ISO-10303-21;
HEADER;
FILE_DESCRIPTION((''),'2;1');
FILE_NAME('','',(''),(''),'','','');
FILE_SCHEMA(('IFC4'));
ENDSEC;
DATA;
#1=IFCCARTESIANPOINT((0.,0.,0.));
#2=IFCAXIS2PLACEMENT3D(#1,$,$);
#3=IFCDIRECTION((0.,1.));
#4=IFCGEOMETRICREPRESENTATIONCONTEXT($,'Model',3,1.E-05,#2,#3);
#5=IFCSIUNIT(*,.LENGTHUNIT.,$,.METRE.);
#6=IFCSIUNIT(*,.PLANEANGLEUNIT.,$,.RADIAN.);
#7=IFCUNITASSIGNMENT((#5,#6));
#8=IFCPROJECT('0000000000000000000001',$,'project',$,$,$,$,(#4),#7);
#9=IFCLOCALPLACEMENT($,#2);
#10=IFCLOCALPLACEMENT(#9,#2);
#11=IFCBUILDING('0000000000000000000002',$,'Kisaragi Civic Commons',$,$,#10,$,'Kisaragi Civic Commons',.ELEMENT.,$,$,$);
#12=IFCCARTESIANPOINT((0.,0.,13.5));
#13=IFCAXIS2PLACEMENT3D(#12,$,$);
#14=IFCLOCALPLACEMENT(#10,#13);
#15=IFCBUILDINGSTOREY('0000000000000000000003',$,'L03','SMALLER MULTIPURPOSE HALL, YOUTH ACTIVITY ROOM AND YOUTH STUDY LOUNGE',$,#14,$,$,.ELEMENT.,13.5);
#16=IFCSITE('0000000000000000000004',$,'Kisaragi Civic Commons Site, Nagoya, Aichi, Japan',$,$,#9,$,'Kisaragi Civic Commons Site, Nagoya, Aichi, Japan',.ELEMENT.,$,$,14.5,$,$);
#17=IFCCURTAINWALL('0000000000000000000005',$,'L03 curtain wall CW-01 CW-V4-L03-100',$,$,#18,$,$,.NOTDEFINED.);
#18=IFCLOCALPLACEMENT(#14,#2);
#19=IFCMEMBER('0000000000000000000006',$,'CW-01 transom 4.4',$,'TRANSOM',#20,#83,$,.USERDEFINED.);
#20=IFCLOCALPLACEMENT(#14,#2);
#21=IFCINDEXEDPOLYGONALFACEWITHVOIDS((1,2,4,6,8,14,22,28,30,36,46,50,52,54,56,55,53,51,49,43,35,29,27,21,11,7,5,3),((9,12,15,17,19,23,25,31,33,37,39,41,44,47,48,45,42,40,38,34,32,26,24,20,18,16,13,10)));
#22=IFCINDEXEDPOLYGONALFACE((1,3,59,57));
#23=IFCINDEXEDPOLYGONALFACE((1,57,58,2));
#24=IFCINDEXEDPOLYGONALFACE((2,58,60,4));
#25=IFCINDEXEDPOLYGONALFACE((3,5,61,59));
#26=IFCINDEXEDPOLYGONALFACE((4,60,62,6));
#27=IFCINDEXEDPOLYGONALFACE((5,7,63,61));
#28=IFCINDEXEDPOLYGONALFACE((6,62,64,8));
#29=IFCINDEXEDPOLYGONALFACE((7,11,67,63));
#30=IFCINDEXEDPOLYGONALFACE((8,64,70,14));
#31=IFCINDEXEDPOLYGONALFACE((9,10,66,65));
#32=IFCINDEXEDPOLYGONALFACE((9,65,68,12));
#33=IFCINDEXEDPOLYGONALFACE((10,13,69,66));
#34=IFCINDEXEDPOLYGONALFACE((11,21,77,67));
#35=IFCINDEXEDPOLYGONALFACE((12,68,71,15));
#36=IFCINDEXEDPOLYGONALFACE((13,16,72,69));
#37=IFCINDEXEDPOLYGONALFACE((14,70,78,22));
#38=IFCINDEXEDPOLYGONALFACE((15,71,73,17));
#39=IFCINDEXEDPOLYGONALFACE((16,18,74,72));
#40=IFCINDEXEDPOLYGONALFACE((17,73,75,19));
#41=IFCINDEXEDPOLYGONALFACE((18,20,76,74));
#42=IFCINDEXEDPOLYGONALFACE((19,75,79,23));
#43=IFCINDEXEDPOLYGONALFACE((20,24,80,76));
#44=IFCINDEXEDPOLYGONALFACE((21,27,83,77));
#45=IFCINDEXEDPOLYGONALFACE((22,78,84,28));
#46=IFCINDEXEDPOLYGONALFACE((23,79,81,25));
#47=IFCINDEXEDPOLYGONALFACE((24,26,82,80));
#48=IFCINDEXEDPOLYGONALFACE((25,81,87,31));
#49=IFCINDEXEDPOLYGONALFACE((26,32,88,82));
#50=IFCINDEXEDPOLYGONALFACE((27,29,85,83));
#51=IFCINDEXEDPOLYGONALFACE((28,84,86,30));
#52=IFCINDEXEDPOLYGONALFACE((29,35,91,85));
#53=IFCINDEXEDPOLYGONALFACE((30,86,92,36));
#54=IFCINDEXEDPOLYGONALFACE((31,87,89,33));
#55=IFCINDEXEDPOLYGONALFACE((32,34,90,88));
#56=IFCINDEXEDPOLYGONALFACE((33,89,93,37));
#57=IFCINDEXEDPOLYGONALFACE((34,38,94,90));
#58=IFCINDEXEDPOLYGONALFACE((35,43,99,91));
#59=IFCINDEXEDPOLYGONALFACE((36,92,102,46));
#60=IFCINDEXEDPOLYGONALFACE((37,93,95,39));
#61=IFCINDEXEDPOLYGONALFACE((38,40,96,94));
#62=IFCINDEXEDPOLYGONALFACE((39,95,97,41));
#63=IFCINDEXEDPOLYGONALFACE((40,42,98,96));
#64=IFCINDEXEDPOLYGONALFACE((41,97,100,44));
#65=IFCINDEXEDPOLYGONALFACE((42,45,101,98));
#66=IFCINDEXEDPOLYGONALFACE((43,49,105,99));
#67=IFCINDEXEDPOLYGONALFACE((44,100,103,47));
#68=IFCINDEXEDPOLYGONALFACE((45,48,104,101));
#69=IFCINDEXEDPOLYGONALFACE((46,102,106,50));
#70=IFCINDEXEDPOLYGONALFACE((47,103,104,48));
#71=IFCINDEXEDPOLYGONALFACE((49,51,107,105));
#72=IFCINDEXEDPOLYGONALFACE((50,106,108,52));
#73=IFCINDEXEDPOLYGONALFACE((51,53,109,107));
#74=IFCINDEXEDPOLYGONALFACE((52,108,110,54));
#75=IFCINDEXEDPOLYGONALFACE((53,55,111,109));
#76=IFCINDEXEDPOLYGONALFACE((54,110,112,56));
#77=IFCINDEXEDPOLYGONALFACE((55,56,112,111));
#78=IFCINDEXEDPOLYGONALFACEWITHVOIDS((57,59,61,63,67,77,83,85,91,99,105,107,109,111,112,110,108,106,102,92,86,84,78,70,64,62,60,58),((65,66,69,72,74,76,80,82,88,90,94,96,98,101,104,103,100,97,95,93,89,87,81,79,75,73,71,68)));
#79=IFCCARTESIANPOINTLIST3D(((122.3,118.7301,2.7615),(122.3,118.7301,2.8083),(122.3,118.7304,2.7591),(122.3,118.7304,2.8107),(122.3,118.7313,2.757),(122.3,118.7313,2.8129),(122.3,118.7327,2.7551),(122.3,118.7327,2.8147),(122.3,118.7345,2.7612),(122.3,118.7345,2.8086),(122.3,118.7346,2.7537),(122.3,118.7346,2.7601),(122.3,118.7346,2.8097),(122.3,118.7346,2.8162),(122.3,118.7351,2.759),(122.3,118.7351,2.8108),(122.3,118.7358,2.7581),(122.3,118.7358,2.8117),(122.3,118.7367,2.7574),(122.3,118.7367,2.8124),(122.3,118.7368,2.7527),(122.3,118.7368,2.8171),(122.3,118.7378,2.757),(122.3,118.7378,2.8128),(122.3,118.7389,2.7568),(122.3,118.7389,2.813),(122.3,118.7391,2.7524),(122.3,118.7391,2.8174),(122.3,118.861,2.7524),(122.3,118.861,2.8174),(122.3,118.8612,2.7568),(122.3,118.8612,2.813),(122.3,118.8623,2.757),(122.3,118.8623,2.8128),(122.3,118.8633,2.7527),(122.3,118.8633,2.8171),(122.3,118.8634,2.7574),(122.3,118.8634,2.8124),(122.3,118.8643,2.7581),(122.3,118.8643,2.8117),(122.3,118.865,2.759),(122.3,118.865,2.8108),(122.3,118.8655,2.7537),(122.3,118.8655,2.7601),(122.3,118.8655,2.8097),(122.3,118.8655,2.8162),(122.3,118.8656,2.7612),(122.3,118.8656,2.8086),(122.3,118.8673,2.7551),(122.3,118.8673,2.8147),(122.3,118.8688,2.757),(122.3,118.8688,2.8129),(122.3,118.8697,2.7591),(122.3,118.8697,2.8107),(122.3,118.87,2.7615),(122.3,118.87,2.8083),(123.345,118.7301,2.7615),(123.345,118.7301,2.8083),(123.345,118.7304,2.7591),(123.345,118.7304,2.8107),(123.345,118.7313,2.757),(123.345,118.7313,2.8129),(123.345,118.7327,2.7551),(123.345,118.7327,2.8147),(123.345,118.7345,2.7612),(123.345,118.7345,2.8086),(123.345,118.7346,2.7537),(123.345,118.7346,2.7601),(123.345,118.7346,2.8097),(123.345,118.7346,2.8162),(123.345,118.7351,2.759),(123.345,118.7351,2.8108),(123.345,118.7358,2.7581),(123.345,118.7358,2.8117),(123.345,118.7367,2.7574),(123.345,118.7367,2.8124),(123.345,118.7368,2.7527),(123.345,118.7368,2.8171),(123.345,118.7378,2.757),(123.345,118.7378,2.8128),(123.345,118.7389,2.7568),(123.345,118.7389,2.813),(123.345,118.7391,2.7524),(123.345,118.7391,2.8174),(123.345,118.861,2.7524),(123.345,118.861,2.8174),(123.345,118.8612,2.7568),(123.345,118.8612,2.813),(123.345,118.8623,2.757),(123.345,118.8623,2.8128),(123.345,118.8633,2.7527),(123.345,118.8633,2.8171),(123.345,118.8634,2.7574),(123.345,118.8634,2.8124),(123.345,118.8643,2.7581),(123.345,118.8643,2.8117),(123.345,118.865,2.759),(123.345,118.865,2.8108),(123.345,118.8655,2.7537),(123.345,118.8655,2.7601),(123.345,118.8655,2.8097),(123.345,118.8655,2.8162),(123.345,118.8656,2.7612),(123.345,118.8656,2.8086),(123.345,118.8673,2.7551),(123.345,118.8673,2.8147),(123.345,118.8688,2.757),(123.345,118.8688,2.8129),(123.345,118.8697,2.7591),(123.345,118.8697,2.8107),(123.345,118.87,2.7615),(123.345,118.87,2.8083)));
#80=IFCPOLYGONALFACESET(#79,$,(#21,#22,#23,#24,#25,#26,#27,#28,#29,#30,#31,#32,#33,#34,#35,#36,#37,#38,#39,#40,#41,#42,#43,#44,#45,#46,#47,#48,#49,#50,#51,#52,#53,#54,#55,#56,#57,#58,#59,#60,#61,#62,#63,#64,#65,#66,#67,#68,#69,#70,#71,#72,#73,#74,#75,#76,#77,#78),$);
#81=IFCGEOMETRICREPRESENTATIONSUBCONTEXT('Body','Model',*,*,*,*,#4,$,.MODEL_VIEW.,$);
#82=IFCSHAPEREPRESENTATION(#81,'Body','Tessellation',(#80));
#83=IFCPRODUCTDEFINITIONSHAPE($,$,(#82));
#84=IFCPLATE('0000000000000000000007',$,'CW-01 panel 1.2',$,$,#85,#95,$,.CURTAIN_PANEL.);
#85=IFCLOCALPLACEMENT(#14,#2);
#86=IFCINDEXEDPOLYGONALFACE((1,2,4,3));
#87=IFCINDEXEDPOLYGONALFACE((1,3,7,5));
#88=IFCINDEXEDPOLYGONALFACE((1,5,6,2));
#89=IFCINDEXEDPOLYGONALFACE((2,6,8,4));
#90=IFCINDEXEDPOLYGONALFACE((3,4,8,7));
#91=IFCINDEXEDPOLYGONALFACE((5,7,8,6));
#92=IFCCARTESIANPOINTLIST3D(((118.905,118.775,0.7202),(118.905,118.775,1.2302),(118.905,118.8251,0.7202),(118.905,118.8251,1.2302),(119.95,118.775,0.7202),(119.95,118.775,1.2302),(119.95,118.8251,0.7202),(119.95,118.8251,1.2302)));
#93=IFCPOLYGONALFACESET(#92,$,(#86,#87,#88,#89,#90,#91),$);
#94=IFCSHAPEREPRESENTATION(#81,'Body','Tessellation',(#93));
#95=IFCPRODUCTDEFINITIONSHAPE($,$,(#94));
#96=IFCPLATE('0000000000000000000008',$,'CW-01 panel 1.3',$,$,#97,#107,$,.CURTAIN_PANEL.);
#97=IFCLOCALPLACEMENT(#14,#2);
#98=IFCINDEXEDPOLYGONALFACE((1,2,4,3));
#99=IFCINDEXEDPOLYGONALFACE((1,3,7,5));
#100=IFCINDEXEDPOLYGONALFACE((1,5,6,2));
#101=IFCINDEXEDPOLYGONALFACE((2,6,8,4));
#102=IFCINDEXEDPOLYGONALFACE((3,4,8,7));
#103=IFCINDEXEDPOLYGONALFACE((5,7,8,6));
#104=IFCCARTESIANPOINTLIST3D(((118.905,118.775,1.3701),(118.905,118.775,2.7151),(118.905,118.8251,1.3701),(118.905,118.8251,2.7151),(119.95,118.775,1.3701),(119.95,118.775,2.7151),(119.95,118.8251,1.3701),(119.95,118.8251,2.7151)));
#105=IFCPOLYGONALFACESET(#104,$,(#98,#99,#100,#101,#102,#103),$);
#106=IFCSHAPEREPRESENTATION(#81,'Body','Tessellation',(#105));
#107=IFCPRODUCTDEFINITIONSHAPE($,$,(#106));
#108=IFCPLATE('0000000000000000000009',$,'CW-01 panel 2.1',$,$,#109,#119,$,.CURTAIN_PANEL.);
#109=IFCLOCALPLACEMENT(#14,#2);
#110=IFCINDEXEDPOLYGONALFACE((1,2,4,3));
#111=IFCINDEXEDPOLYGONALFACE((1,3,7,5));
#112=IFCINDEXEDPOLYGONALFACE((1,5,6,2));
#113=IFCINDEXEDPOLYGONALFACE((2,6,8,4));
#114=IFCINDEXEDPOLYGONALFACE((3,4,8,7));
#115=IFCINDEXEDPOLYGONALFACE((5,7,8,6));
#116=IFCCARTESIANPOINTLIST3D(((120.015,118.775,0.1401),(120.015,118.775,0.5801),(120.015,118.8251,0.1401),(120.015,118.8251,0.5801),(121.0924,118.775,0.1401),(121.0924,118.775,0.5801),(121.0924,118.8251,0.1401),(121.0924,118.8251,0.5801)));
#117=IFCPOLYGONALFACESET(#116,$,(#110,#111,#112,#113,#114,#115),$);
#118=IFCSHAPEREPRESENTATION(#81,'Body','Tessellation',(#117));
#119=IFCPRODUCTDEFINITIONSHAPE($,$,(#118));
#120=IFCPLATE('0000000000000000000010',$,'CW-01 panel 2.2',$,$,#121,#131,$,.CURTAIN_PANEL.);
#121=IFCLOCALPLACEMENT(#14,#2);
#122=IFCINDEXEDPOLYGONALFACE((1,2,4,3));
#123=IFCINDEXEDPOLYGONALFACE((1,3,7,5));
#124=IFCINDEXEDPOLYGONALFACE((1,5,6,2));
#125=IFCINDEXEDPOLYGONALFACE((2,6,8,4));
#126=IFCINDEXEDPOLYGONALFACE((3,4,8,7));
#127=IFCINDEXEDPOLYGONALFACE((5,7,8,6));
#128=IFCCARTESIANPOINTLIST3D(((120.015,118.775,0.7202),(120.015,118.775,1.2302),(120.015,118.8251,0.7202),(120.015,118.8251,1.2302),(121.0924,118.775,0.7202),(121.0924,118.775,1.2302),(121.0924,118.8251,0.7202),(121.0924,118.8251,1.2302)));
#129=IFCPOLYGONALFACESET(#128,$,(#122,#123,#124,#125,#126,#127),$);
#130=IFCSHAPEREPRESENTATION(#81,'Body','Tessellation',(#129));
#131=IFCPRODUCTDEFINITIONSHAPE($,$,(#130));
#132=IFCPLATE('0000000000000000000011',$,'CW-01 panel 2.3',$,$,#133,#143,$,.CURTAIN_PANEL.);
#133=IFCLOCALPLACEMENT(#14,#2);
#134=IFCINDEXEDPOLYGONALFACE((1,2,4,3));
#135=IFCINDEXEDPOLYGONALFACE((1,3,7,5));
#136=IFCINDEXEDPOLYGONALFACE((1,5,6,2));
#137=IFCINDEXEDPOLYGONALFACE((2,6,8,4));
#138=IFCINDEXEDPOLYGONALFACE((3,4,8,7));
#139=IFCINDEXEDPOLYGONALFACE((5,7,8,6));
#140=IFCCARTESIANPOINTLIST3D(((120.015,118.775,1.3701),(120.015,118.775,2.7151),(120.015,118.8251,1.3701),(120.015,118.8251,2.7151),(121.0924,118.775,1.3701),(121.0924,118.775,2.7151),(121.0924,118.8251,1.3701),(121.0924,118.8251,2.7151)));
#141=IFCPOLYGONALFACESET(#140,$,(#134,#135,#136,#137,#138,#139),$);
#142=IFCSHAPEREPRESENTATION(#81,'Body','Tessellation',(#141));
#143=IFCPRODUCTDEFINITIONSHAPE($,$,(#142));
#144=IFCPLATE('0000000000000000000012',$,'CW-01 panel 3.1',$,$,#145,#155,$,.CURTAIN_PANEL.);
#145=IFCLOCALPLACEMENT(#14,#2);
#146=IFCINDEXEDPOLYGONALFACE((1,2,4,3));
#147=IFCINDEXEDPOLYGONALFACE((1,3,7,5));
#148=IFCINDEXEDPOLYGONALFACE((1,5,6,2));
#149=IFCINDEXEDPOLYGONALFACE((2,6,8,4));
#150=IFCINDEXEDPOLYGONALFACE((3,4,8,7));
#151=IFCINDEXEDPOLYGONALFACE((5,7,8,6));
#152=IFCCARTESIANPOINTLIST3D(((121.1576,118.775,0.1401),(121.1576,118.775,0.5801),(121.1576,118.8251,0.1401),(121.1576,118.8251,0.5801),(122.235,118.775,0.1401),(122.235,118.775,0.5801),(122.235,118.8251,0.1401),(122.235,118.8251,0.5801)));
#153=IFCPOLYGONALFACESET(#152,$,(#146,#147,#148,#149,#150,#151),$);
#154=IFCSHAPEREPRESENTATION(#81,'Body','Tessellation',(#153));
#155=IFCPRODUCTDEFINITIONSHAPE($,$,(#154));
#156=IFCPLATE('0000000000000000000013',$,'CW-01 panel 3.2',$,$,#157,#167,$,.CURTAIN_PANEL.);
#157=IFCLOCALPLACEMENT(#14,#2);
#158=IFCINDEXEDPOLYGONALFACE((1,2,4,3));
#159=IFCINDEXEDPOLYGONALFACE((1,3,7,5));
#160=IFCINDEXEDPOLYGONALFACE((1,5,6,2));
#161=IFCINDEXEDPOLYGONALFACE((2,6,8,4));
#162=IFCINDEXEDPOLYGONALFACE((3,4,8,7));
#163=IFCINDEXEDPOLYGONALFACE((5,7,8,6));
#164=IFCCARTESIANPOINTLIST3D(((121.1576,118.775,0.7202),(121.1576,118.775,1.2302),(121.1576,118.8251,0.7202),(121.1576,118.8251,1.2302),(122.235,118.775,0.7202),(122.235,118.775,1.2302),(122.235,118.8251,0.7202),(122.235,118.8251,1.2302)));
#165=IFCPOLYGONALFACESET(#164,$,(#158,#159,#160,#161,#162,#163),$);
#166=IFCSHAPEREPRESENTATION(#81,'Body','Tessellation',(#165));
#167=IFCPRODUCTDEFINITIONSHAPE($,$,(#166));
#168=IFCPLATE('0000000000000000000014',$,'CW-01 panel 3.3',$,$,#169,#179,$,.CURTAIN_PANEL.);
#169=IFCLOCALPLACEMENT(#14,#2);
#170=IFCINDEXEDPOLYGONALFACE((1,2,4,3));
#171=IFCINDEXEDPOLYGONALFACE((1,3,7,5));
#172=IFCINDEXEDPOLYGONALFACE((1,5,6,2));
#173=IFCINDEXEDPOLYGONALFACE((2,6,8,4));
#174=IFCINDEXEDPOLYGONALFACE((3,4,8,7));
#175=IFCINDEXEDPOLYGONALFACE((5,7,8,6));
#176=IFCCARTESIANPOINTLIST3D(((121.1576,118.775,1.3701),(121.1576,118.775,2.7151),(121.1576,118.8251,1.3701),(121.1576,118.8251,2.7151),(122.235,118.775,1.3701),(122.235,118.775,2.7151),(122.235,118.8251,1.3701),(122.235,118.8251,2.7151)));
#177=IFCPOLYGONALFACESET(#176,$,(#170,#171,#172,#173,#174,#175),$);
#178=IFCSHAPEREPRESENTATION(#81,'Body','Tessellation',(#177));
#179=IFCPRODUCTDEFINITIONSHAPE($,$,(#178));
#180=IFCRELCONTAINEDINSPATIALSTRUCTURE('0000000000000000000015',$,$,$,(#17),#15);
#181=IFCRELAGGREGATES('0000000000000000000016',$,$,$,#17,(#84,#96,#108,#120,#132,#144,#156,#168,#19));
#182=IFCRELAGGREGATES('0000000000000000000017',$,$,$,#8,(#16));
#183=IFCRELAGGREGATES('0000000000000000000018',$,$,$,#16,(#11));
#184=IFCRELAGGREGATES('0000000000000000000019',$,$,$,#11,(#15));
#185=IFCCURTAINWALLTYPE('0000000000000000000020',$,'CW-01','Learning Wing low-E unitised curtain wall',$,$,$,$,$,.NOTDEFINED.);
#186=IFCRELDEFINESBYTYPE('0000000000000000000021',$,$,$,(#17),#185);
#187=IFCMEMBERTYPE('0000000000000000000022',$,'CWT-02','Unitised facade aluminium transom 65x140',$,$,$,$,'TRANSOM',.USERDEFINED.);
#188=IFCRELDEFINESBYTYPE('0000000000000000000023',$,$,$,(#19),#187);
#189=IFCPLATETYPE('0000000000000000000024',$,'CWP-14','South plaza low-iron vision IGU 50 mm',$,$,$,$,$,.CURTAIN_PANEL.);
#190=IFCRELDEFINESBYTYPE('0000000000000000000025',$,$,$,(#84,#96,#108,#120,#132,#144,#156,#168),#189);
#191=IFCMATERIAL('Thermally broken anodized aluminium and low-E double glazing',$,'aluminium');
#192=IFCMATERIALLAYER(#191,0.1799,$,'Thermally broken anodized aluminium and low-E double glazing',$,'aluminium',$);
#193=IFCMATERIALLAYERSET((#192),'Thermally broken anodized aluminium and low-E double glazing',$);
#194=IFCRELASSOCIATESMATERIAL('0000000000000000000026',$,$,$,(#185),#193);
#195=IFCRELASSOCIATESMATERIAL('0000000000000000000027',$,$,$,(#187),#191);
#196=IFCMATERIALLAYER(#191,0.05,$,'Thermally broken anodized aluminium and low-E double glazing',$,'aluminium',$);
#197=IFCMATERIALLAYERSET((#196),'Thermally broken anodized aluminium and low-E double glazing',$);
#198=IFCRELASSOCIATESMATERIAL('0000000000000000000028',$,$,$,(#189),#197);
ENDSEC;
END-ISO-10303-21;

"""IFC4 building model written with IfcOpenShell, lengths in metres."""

from ifc_helpers import new_model, si_unit, direction, frame, origin, origin_2d, place, context, subcontext, project, spatial, rectangle, hollow_rectangle, extrude, material, layer, layer_set, material_profile, profile_set, type_object, element, aggregate, save


model = new_model("IFC4")

# Units and contexts
model_context = context("Model", 3, precision=1e-05, world=origin(), true_north=direction((0.0, 1.0)))
body_context = subcontext(model_context, "Body", "Model", "MODEL_VIEW")
ifc_project = project(units=[si_unit("LENGTHUNIT", "METRE"), si_unit("PLANEANGLEUNIT", "RADIAN")], contexts=[model_context])

# Site, building, storey
site_placement = place(None, origin())
site = spatial("IfcSite", under=ifc_project, at=site_placement, Name="Kisaragi Civic Commons Site, Nagoya, Aichi, Japan", LongName="Kisaragi Civic Commons Site, Nagoya, Aichi, Japan", CompositionType="ELEMENT", RefElevation=14.5)
building_placement = place(site_placement, origin())
building = spatial("IfcBuilding", under=site, at=building_placement, Name="Kisaragi Civic Commons", LongName="Kisaragi Civic Commons", CompositionType="ELEMENT")
storey_placement = place(building_placement, frame((0.0, 0.0, 13.5)))
storey = spatial("IfcBuildingStorey", under=building, at=storey_placement, Name="L03", Description="SMALLER MULTIPURPOSE HALL, YOUTH ACTIVITY ROOM AND YOUTH STUDY LOUNGE", CompositionType="ELEMENT", Elevation=13.5)

# Curtain wall, member, plates
ifc_material = material(Name="Thermally broken anodized aluminium and low-E double glazing", Category="aluminium")
ifc_layer_1 = layer(ifc_material, 0.1799, Name="Thermally broken anodized aluminium and low-E double glazing", Category="aluminium")
ifc_layer_set_1 = layer_set([ifc_layer_1], Name="Thermally broken anodized aluminium and low-E double glazing")
curtain_wall_type = type_object("IfcCurtainWallType", Name="CW-01", Description="Learning Wing low-E unitised curtain wall", PredefinedType="NOTDEFINED", material=ifc_layer_set_1)
curtain_wall_placement = place(storey_placement, origin())
curtain_wall = element("IfcCurtainWall", 1, at=curtain_wall_placement, inside=storey, type_object=curtain_wall_type, Name="L03 curtain wall CW-01 CW-V4-L03-100", PredefinedType="NOTDEFINED")
ifc_material_profile_1 = material_profile(ifc_material, hollow_rectangle(XDim=0.1399, YDim=0.0649, WallThickness=0.0044, InnerFilletRadius=0.0044, OuterFilletRadius=0.009, at=origin_2d()), Name="CWT-65x140x4.5", Category="aluminium")
ifc_profile_set_1 = profile_set([ifc_material_profile_1], Name="Thermally broken anodized aluminium and low-E double glazing")
member_type_1 = type_object("IfcMemberType", Name="CWT-02", Description="Unitised facade aluminium transom 65x140", ElementType="TRANSOM", PredefinedType="USERDEFINED", material=ifc_profile_set_1)
member_1_placement = place(storey_placement, frame((122.3, 118.8, 2.7849), z_axis=(1.0, 0.0, 0.0), x_axis=(0.0, 1.0, 0.0)))
member_1 = element("IfcMember", 2, at=member_1_placement, type_object=member_type_1, Name="CW-01 transom 4.4", ObjectType="TRANSOM", PredefinedType="USERDEFINED", context=body_context, shape_type="SweptSolid", body=[
    extrude(hollow_rectangle(XDim=0.1399, YDim=0.0649, WallThickness=0.0044, InnerFilletRadius=0.0044, OuterFilletRadius=0.009, at=origin_2d()), origin(), (0.0, 0.0, 1.0), 1.0449),
])
ifc_layer_2 = layer(ifc_material, 0.05, Name="Thermally broken anodized aluminium and low-E double glazing", Category="aluminium")
ifc_layer_set_2 = layer_set([ifc_layer_2], Name="Thermally broken anodized aluminium and low-E double glazing")
plate_type = type_object("IfcPlateType", Name="CWP-14", Description="South plaza low-iron vision IGU 50 mm", PredefinedType="CURTAIN_PANEL", material=ifc_layer_set_2)
plate_1_placement = place(storey_placement, frame((119.4275, 118.8, 0.7202), z_axis=(0.0, 0.0, 1.0), x_axis=(1.0, 0.0, 0.0)))
plate_1 = element("IfcPlate", 3, at=plate_1_placement, type_object=plate_type, Name="CW-01 panel 1.2", PredefinedType="CURTAIN_PANEL", context=body_context, shape_type="SweptSolid", body=[
    extrude(rectangle(XDim=1.0449, YDim=0.05, at=origin_2d()), origin(), (0.0, 0.0, 1.0), 0.51),
])
plate_2_placement = place(storey_placement, frame((119.4275, 118.8, 1.3701), z_axis=(0.0, 0.0, 1.0), x_axis=(1.0, 0.0, 0.0)))
plate_2 = element("IfcPlate", 4, at=plate_2_placement, type_object=plate_type, Name="CW-01 panel 1.3", PredefinedType="CURTAIN_PANEL", context=body_context, shape_type="SweptSolid", body=[
    extrude(rectangle(XDim=1.0449, YDim=0.05, at=origin_2d()), origin(), (0.0, 0.0, 1.0), 1.345),
])
plate_3_placement = place(storey_placement, frame((120.5537, 118.8, 0.1401), z_axis=(0.0, 0.0, 1.0), x_axis=(1.0, 0.0, 0.0)))
plate_3 = element("IfcPlate", 5, at=plate_3_placement, type_object=plate_type, Name="CW-01 panel 2.1", PredefinedType="CURTAIN_PANEL", context=body_context, shape_type="SweptSolid", body=[
    extrude(rectangle(XDim=1.0774, YDim=0.05, at=origin_2d()), origin(), (0.0, 0.0, 1.0), 0.4399),
])
plate_4_placement = place(storey_placement, frame((120.5537, 118.8, 0.7202), z_axis=(0.0, 0.0, 1.0), x_axis=(1.0, 0.0, 0.0)))
plate_4 = element("IfcPlate", 6, at=plate_4_placement, type_object=plate_type, Name="CW-01 panel 2.2", PredefinedType="CURTAIN_PANEL", context=body_context, shape_type="SweptSolid", body=[
    extrude(rectangle(XDim=1.0774, YDim=0.05, at=origin_2d()), origin(), (0.0, 0.0, 1.0), 0.51),
])
plate_5_placement = place(storey_placement, frame((120.5537, 118.8, 1.3701), z_axis=(0.0, 0.0, 1.0), x_axis=(1.0, 0.0, 0.0)))
plate_5 = element("IfcPlate", 7, at=plate_5_placement, type_object=plate_type, Name="CW-01 panel 2.3", PredefinedType="CURTAIN_PANEL", context=body_context, shape_type="SweptSolid", body=[
    extrude(rectangle(XDim=1.0774, YDim=0.05, at=origin_2d()), origin(), (0.0, 0.0, 1.0), 1.345),
])
plate_6_placement = place(storey_placement, frame((121.6963, 118.8, 0.1401), z_axis=(0.0, 0.0, 1.0), x_axis=(1.0, 0.0, 0.0)))
plate_6 = element("IfcPlate", 8, at=plate_6_placement, type_object=plate_type, Name="CW-01 panel 3.1", PredefinedType="CURTAIN_PANEL", context=body_context, shape_type="SweptSolid", body=[
    extrude(rectangle(XDim=1.0774, YDim=0.05, at=origin_2d()), origin(), (0.0, 0.0, 1.0), 0.4399),
])
plate_7_placement = place(storey_placement, frame((121.6963, 118.8, 0.7202), z_axis=(0.0, 0.0, 1.0), x_axis=(1.0, 0.0, 0.0)))
plate_7 = element("IfcPlate", 9, at=plate_7_placement, type_object=plate_type, Name="CW-01 panel 3.2", PredefinedType="CURTAIN_PANEL", context=body_context, shape_type="SweptSolid", body=[
    extrude(rectangle(XDim=1.0774, YDim=0.05, at=origin_2d()), origin(), (0.0, 0.0, 1.0), 0.51),
])
plate_8_placement = place(storey_placement, frame((121.6963, 118.8, 1.3701), z_axis=(0.0, 0.0, 1.0), x_axis=(1.0, 0.0, 0.0)))
plate_8 = element("IfcPlate", 10, at=plate_8_placement, type_object=plate_type, Name="CW-01 panel 3.3", PredefinedType="CURTAIN_PANEL", context=body_context, shape_type="SweptSolid", body=[
    extrude(rectangle(XDim=1.0774, YDim=0.05, at=origin_2d()), origin(), (0.0, 0.0, 1.0), 1.345),
])
aggregate(curtain_wall, [plate_1, plate_2, plate_3, plate_4, plate_5, plate_6, plate_7, plate_8, member_1])

save(model, "model.ifc")
